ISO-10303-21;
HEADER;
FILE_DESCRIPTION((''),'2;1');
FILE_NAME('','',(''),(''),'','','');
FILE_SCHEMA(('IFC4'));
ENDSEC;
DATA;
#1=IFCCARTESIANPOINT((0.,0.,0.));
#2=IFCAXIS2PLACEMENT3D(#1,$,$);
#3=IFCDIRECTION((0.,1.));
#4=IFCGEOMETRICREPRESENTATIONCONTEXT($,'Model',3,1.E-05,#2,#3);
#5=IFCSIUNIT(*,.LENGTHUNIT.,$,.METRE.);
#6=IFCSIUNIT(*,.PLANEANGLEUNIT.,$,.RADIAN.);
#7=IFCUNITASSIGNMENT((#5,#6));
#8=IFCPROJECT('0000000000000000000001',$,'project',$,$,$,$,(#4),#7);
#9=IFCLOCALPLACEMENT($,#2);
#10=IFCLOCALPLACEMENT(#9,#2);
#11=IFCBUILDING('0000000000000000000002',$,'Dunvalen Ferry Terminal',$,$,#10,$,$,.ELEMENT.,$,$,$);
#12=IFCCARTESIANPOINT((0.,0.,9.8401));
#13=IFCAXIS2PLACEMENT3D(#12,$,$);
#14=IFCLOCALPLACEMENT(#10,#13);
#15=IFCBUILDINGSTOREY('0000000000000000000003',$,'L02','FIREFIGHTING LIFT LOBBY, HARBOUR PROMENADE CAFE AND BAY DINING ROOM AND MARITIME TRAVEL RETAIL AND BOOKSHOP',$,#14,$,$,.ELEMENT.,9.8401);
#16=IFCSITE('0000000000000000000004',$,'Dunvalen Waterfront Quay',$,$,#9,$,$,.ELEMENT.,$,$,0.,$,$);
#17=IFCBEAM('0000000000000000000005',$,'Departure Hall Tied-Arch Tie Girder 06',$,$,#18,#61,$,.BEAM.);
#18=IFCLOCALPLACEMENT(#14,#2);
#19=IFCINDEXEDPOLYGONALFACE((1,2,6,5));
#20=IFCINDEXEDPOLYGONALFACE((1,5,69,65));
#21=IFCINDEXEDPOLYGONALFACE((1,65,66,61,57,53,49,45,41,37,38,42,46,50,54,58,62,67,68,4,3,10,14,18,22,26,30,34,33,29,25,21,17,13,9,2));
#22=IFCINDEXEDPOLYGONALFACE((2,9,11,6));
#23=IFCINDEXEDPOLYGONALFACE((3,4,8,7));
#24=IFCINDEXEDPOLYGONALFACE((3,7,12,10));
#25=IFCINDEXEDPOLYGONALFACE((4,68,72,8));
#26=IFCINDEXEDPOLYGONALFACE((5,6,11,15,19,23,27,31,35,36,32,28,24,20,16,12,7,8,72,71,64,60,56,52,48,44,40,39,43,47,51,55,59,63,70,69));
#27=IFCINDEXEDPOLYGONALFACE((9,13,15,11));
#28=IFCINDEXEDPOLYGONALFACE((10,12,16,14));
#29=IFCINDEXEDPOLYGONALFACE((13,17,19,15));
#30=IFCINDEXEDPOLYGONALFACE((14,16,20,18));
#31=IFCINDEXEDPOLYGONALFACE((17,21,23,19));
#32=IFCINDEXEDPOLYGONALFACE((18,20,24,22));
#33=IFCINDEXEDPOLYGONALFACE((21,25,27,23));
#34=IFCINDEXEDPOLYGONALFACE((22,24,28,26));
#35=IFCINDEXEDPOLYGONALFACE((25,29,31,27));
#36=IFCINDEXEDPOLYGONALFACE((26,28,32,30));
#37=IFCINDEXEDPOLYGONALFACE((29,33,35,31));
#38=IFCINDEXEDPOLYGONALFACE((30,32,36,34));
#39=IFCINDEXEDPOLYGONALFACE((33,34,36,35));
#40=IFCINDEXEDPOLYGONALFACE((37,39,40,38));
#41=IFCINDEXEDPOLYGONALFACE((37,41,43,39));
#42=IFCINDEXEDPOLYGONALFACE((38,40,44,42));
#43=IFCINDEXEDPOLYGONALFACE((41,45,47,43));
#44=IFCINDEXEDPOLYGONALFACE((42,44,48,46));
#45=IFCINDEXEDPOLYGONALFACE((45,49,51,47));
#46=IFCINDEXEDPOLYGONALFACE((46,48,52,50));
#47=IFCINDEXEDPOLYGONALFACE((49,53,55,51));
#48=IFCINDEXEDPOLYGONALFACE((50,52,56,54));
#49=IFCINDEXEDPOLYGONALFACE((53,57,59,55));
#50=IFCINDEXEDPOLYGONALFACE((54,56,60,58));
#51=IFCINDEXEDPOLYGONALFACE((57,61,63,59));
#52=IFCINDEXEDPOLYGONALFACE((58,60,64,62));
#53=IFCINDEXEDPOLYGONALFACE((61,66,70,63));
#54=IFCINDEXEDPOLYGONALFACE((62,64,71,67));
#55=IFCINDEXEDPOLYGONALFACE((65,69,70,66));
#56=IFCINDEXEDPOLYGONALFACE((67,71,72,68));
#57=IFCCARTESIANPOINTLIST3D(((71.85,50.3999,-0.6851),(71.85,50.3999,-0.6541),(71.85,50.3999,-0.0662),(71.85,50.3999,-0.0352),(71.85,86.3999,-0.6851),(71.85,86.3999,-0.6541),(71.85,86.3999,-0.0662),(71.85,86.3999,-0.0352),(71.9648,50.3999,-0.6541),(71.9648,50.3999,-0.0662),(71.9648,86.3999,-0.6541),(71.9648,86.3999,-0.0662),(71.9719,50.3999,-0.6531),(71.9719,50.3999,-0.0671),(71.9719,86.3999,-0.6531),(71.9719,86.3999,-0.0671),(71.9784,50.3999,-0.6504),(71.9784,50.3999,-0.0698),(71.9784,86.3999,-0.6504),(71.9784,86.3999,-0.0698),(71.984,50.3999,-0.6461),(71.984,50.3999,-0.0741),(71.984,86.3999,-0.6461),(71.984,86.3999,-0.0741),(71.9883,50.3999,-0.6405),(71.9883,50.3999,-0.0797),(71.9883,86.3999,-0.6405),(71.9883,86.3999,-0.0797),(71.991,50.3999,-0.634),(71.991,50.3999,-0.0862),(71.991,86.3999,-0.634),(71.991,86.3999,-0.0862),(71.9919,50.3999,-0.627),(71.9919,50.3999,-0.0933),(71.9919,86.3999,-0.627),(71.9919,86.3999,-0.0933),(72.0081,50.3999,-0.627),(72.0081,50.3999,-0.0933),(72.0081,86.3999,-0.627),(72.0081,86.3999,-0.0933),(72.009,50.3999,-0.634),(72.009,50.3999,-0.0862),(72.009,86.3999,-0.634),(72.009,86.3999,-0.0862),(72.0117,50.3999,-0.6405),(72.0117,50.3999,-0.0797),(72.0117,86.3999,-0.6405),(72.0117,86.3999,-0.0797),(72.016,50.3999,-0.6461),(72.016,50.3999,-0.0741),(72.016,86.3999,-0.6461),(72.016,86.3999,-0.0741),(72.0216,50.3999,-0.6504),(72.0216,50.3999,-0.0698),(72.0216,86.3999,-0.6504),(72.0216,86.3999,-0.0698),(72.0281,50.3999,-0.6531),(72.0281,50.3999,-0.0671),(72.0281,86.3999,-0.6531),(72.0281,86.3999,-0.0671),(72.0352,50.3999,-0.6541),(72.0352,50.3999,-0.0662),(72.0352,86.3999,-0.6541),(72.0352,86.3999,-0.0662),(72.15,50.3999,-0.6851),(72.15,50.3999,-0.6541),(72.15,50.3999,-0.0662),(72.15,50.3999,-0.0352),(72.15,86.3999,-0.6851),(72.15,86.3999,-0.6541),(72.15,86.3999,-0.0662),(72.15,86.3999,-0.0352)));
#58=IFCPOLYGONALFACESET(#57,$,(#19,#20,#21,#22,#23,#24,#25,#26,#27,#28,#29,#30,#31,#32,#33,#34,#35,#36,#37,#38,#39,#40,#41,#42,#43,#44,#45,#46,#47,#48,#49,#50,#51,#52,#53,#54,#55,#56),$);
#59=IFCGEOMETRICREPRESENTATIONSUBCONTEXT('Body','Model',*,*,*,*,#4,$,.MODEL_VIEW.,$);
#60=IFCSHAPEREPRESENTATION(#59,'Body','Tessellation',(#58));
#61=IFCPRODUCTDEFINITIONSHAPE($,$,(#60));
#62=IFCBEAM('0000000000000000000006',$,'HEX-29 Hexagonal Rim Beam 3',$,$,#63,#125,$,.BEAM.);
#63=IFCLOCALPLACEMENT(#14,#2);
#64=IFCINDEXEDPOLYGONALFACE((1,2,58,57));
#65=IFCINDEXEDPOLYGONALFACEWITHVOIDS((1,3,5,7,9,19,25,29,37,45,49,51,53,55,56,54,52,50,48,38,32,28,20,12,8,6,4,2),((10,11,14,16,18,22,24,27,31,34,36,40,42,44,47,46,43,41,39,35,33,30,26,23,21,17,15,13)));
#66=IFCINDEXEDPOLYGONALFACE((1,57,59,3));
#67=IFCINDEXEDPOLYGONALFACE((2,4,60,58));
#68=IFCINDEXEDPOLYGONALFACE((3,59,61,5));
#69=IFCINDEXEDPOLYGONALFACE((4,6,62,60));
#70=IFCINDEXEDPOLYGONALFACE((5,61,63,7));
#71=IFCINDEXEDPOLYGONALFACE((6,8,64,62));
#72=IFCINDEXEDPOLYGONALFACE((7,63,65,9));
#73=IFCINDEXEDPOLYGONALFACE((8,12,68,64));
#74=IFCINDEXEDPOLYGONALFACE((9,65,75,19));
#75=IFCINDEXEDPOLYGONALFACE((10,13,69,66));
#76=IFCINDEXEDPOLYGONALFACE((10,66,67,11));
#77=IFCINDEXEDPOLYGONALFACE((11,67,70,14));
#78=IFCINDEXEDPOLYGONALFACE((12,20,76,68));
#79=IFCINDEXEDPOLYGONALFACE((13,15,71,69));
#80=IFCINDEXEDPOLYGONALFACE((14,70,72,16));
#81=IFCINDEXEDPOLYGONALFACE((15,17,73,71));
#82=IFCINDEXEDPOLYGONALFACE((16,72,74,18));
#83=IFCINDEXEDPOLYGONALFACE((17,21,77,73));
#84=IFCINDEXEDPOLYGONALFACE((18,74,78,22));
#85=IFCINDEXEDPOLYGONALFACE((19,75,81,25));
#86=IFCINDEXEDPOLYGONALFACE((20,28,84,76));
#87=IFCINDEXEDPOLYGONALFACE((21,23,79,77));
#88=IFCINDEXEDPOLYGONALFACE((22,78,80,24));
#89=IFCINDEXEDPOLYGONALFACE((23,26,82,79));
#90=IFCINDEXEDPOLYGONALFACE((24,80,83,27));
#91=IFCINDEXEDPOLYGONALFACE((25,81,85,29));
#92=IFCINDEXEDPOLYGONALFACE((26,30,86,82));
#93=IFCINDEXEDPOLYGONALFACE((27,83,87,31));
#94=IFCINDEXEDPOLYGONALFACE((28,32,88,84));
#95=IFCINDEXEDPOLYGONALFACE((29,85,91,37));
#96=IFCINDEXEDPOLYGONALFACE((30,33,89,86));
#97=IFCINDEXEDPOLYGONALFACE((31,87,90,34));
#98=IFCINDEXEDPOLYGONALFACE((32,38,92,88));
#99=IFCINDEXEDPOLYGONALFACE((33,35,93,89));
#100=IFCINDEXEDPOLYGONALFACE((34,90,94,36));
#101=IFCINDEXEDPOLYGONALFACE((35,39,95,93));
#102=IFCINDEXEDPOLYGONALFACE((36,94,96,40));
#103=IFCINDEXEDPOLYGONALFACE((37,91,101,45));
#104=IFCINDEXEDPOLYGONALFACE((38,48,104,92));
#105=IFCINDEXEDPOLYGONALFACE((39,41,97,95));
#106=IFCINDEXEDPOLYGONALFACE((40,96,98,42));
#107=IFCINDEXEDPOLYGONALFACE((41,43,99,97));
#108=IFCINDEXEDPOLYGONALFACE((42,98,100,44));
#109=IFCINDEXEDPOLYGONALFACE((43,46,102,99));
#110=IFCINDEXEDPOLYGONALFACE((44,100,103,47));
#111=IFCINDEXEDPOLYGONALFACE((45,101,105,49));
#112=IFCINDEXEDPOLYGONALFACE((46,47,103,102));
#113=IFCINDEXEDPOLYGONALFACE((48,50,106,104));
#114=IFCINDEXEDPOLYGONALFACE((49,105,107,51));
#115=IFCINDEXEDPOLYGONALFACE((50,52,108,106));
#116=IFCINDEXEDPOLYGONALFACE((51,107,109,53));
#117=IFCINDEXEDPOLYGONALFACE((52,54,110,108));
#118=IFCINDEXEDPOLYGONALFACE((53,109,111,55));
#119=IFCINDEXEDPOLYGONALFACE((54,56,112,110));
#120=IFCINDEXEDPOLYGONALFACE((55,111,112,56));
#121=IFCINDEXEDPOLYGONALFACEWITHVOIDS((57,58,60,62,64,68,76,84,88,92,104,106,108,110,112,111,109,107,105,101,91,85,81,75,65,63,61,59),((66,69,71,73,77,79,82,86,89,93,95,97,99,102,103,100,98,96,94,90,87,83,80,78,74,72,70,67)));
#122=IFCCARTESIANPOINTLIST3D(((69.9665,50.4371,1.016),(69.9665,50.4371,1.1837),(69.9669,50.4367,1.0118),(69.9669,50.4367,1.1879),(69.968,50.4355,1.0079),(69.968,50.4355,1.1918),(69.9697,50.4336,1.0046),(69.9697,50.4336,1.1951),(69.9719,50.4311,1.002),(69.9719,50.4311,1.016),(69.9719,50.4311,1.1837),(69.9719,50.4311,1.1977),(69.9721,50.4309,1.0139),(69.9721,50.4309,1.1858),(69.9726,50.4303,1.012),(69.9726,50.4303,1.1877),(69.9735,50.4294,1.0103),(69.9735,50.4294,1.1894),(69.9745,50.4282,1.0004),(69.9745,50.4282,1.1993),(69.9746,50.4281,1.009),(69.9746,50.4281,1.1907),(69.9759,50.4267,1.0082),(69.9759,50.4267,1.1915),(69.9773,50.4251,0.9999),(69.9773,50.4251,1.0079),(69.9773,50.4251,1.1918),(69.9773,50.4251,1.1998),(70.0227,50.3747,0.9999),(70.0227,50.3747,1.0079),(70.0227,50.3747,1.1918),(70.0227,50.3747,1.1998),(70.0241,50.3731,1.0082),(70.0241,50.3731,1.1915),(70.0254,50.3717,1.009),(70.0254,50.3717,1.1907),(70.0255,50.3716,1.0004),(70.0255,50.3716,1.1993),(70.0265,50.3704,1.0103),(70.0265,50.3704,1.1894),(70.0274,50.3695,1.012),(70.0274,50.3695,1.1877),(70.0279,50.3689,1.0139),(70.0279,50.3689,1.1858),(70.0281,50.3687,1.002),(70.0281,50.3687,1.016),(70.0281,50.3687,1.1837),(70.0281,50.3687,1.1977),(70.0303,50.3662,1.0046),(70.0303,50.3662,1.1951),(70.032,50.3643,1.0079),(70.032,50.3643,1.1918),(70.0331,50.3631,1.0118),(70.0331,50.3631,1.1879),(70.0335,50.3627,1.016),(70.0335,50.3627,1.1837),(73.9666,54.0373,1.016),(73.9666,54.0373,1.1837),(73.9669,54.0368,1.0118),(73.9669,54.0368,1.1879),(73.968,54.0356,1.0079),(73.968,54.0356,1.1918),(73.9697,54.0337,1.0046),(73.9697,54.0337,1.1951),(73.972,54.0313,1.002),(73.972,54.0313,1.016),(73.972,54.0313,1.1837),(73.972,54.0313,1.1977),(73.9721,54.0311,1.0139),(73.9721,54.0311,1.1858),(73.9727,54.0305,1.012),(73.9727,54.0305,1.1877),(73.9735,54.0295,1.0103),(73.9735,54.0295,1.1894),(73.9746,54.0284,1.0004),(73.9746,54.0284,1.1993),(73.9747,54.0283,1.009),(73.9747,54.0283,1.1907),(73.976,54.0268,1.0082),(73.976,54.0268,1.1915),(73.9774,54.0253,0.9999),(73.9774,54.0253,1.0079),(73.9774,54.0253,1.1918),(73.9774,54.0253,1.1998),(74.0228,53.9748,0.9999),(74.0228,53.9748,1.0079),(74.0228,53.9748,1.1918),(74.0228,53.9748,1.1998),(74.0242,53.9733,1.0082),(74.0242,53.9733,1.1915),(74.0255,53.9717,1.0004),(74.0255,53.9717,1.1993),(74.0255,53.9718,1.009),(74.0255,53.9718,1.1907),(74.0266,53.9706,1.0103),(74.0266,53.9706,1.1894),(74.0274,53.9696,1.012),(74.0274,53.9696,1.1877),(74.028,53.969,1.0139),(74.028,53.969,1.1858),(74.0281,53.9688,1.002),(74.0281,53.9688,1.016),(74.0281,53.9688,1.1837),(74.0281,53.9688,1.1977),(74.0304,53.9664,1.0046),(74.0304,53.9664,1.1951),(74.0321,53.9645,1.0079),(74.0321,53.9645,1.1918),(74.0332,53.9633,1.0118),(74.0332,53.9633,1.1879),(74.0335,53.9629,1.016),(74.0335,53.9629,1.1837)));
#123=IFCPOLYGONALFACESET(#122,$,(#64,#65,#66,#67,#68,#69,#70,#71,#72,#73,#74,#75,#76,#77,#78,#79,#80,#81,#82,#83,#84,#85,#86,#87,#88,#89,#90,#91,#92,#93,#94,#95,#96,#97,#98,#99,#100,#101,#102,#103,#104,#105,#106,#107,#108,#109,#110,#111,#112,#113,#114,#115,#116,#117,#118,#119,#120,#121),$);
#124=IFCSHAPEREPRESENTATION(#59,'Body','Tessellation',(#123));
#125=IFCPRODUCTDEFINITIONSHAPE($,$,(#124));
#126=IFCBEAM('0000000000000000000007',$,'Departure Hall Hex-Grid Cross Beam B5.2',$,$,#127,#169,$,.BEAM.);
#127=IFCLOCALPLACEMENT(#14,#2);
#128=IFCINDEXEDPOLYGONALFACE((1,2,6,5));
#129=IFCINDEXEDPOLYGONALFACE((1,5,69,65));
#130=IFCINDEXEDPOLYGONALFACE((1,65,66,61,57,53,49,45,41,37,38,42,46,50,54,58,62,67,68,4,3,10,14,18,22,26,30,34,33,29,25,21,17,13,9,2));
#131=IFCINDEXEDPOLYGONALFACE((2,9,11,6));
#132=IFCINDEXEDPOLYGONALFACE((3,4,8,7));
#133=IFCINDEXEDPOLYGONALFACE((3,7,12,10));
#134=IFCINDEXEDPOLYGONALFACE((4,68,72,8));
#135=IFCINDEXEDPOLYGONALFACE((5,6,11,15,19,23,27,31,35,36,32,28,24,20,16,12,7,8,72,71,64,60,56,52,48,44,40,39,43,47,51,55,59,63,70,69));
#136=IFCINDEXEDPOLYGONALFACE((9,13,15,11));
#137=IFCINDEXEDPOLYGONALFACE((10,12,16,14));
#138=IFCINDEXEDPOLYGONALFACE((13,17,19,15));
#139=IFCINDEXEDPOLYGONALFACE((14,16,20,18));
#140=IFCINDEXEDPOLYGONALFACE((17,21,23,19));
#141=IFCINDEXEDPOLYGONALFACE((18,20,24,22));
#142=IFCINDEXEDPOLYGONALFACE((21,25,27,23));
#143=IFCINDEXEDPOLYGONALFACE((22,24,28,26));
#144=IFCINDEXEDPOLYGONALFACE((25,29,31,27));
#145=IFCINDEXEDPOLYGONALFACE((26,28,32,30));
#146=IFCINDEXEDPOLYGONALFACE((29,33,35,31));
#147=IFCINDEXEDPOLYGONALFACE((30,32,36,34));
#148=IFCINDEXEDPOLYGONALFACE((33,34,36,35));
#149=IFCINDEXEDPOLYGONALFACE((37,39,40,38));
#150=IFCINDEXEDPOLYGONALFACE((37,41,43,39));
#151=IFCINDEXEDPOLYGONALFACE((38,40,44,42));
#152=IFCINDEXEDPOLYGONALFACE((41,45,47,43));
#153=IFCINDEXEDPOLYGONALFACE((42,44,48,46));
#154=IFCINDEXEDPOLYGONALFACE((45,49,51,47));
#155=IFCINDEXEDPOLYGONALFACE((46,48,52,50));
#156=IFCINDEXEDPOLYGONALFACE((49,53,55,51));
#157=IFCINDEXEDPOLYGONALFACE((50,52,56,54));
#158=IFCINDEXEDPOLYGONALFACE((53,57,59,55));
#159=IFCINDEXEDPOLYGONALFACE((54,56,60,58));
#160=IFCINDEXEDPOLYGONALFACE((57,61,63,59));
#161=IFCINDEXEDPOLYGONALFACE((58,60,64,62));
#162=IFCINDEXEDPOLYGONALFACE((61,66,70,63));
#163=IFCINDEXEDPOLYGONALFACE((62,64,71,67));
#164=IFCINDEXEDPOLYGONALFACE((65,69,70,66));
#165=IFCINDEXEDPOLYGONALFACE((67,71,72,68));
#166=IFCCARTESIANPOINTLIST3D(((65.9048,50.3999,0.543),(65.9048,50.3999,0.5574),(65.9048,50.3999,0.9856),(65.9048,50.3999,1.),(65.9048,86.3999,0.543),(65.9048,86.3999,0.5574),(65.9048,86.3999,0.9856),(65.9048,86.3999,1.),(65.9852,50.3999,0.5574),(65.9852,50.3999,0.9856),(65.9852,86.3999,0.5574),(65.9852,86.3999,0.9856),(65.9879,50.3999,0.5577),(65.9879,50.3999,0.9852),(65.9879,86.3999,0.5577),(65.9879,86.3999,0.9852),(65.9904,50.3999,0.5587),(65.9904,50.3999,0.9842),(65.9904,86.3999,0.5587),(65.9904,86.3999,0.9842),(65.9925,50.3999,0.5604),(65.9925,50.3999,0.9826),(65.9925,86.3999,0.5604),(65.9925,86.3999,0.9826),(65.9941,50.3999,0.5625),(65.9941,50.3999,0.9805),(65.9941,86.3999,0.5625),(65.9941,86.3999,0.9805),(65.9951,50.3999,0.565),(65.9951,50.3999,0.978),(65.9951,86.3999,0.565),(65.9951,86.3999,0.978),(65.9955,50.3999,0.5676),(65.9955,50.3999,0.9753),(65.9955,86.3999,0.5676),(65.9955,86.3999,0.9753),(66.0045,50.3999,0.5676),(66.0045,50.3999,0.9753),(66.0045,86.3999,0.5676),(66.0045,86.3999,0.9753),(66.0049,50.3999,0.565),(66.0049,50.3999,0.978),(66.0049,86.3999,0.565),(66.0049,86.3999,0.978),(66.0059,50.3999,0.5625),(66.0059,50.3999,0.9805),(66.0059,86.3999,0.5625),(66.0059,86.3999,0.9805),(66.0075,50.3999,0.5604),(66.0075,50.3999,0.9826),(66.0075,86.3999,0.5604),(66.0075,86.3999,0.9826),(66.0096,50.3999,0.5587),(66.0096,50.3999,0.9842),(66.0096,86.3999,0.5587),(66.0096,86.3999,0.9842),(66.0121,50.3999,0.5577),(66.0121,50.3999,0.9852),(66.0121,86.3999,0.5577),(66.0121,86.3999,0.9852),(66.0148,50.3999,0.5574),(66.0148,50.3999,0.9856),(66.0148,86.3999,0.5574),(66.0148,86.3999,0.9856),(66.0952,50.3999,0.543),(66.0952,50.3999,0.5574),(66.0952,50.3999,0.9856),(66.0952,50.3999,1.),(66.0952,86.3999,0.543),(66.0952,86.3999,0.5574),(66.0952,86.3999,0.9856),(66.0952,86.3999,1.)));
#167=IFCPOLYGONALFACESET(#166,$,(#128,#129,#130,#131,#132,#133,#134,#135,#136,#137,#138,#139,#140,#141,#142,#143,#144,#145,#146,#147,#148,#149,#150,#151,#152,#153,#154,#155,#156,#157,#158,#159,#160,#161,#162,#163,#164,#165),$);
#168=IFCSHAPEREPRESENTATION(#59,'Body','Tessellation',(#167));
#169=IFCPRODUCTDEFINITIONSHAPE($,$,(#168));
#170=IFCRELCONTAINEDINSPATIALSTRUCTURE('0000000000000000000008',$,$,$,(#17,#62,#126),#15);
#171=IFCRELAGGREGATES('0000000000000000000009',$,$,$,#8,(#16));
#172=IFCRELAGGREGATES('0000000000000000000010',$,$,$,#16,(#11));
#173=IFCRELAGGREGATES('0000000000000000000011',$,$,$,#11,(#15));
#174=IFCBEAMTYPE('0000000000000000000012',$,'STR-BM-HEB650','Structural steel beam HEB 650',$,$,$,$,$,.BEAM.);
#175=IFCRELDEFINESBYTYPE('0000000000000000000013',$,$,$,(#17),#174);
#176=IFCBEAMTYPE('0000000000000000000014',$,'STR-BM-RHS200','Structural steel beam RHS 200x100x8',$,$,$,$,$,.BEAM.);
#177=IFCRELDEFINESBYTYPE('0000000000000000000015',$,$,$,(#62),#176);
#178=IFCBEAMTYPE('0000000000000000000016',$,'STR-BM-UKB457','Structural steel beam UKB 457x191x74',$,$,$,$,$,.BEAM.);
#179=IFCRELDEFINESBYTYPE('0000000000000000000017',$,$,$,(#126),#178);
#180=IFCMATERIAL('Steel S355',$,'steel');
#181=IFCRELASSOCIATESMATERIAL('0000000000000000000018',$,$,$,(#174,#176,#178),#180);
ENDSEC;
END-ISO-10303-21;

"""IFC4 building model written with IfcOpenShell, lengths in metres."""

from ifc_helpers import new_model, si_unit, direction, frame, origin, origin_2d, place, context, subcontext, project, spatial, hollow_rectangle, i_section, extrude, material, material_profile, profile_set, type_object, element, save


model = new_model("IFC4")

# Units and contexts
model_context = context("Model", 3, precision=1e-05, world=origin(), true_north=direction((0.0, 1.0)))
body_context = subcontext(model_context, "Body", "Model", "MODEL_VIEW")
ifc_project = project(units=[si_unit("LENGTHUNIT", "METRE"), si_unit("PLANEANGLEUNIT", "RADIAN")], contexts=[model_context])

# Site, building, storey
site_placement = place(None, origin())
site = spatial("IfcSite", under=ifc_project, at=site_placement, Name="Dunvalen Waterfront Quay", CompositionType="ELEMENT", RefElevation=0.0)
building_placement = place(site_placement, origin())
building = spatial("IfcBuilding", under=site, at=building_placement, Name="Dunvalen Ferry Terminal", CompositionType="ELEMENT")
storey_placement = place(building_placement, frame((0.0, 0.0, 9.8401)))
storey = spatial("IfcBuildingStorey", under=building, at=storey_placement, Name="L02", Description="FIREFIGHTING LIFT LOBBY, HARBOUR PROMENADE CAFE AND BAY DINING ROOM AND MARITIME TRAVEL RETAIL AND BOOKSHOP", CompositionType="ELEMENT", Elevation=9.8401)

# Beams
ifc_material_1 = material(Name="Steel S355", Category="steel")
ifc_material_profile_1 = material_profile(ifc_material_1, i_section(OverallWidth=0.3, OverallDepth=0.6499, WebThickness=0.0161, FlangeThickness=0.031, FilletRadius=0.0271, at=origin_2d()), Name="Steel S355")
ifc_profile_set_1 = profile_set([ifc_material_profile_1], Name="Steel S355")
beam_type_1 = type_object("IfcBeamType", Name="STR-BM-HEB650", Description="Structural steel beam HEB 650", PredefinedType="BEAM", material=ifc_profile_set_1)
beam_1_placement = place(storey_placement, frame((72.0, 50.3999, -0.3601), z_axis=(0.0, 1.0, 0.0), x_axis=(-1.0, 0.0, 0.0)))
element("IfcBeam", 1, at=beam_1_placement, inside=storey, type_object=beam_type_1, Name="Departure Hall Tied-Arch Tie Girder 06", PredefinedType="BEAM", context=body_context, shape_type="SweptSolid", body=[
    extrude(i_section(OverallWidth=0.3, OverallDepth=0.6499, WebThickness=0.0161, FlangeThickness=0.031, FilletRadius=0.0271, at=origin_2d()), origin(), (0.0, 0.0, 1.0), 36.0),
])
ifc_material_profile_2 = material_profile(ifc_material_1, hollow_rectangle(XDim=0.1001, YDim=0.2, WallThickness=0.0081, InnerFilletRadius=0.0081, OuterFilletRadius=0.0161, at=origin_2d()), Name="Steel S355")
ifc_profile_set_2 = profile_set([ifc_material_profile_2], Name="Steel S355")
beam_type_2 = type_object("IfcBeamType", Name="STR-BM-RHS200", Description="Structural steel beam RHS 200x100x8", PredefinedType="BEAM", material=ifc_profile_set_2)
beam_2_placement = place(storey_placement, frame((70.0, 50.3999, 1.0999), z_axis=(0.743285, 0.668975, 0.0), x_axis=(-0.668975, 0.743285, 0.0)))
element("IfcBeam", 2, at=beam_2_placement, inside=storey, type_object=beam_type_2, Name="HEX-29 Hexagonal Rim Beam 3", PredefinedType="BEAM", context=body_context, shape_type="SweptSolid", body=[
    extrude(hollow_rectangle(XDim=0.1001, YDim=0.2, WallThickness=0.0081, InnerFilletRadius=0.0081, OuterFilletRadius=0.0161, at=origin_2d()), origin(), (0.0, 0.0, 1.0), 5.3816),
])
ifc_material_profile_3 = material_profile(ifc_material_1, i_section(OverallWidth=0.1904, OverallDepth=0.457, WebThickness=0.009, FlangeThickness=0.0144, FilletRadius=0.0103, at=origin_2d()), Name="Steel S355")
ifc_profile_set_3 = profile_set([ifc_material_profile_3], Name="Steel S355")
beam_type_3 = type_object("IfcBeamType", Name="STR-BM-UKB457", Description="Structural steel beam UKB 457x191x74", PredefinedType="BEAM", material=ifc_profile_set_3)
for number, where, z_axis, x_axis, name in (
    (3, (66.0, 50.3999, 0.7715), (0.0, 1.0, 0.0), (-1.0, 0.0, 0.0), "Departure Hall Hex-Grid Cross Beam B5.2"),
):
    element("IfcBeam", number, at=place(storey_placement, frame(where, z_axis=z_axis, x_axis=x_axis)), inside=storey, type_object=beam_type_3, Name=name, PredefinedType="BEAM", context=body_context, shape_type="SweptSolid", body=[
        extrude(i_section(OverallWidth=0.1904, OverallDepth=0.457, WebThickness=0.009, FlangeThickness=0.0144, FilletRadius=0.0103, at=origin_2d()), origin(), (0.0, 0.0, 1.0), 36.0),
    ])

save(model, "model.ifc")
